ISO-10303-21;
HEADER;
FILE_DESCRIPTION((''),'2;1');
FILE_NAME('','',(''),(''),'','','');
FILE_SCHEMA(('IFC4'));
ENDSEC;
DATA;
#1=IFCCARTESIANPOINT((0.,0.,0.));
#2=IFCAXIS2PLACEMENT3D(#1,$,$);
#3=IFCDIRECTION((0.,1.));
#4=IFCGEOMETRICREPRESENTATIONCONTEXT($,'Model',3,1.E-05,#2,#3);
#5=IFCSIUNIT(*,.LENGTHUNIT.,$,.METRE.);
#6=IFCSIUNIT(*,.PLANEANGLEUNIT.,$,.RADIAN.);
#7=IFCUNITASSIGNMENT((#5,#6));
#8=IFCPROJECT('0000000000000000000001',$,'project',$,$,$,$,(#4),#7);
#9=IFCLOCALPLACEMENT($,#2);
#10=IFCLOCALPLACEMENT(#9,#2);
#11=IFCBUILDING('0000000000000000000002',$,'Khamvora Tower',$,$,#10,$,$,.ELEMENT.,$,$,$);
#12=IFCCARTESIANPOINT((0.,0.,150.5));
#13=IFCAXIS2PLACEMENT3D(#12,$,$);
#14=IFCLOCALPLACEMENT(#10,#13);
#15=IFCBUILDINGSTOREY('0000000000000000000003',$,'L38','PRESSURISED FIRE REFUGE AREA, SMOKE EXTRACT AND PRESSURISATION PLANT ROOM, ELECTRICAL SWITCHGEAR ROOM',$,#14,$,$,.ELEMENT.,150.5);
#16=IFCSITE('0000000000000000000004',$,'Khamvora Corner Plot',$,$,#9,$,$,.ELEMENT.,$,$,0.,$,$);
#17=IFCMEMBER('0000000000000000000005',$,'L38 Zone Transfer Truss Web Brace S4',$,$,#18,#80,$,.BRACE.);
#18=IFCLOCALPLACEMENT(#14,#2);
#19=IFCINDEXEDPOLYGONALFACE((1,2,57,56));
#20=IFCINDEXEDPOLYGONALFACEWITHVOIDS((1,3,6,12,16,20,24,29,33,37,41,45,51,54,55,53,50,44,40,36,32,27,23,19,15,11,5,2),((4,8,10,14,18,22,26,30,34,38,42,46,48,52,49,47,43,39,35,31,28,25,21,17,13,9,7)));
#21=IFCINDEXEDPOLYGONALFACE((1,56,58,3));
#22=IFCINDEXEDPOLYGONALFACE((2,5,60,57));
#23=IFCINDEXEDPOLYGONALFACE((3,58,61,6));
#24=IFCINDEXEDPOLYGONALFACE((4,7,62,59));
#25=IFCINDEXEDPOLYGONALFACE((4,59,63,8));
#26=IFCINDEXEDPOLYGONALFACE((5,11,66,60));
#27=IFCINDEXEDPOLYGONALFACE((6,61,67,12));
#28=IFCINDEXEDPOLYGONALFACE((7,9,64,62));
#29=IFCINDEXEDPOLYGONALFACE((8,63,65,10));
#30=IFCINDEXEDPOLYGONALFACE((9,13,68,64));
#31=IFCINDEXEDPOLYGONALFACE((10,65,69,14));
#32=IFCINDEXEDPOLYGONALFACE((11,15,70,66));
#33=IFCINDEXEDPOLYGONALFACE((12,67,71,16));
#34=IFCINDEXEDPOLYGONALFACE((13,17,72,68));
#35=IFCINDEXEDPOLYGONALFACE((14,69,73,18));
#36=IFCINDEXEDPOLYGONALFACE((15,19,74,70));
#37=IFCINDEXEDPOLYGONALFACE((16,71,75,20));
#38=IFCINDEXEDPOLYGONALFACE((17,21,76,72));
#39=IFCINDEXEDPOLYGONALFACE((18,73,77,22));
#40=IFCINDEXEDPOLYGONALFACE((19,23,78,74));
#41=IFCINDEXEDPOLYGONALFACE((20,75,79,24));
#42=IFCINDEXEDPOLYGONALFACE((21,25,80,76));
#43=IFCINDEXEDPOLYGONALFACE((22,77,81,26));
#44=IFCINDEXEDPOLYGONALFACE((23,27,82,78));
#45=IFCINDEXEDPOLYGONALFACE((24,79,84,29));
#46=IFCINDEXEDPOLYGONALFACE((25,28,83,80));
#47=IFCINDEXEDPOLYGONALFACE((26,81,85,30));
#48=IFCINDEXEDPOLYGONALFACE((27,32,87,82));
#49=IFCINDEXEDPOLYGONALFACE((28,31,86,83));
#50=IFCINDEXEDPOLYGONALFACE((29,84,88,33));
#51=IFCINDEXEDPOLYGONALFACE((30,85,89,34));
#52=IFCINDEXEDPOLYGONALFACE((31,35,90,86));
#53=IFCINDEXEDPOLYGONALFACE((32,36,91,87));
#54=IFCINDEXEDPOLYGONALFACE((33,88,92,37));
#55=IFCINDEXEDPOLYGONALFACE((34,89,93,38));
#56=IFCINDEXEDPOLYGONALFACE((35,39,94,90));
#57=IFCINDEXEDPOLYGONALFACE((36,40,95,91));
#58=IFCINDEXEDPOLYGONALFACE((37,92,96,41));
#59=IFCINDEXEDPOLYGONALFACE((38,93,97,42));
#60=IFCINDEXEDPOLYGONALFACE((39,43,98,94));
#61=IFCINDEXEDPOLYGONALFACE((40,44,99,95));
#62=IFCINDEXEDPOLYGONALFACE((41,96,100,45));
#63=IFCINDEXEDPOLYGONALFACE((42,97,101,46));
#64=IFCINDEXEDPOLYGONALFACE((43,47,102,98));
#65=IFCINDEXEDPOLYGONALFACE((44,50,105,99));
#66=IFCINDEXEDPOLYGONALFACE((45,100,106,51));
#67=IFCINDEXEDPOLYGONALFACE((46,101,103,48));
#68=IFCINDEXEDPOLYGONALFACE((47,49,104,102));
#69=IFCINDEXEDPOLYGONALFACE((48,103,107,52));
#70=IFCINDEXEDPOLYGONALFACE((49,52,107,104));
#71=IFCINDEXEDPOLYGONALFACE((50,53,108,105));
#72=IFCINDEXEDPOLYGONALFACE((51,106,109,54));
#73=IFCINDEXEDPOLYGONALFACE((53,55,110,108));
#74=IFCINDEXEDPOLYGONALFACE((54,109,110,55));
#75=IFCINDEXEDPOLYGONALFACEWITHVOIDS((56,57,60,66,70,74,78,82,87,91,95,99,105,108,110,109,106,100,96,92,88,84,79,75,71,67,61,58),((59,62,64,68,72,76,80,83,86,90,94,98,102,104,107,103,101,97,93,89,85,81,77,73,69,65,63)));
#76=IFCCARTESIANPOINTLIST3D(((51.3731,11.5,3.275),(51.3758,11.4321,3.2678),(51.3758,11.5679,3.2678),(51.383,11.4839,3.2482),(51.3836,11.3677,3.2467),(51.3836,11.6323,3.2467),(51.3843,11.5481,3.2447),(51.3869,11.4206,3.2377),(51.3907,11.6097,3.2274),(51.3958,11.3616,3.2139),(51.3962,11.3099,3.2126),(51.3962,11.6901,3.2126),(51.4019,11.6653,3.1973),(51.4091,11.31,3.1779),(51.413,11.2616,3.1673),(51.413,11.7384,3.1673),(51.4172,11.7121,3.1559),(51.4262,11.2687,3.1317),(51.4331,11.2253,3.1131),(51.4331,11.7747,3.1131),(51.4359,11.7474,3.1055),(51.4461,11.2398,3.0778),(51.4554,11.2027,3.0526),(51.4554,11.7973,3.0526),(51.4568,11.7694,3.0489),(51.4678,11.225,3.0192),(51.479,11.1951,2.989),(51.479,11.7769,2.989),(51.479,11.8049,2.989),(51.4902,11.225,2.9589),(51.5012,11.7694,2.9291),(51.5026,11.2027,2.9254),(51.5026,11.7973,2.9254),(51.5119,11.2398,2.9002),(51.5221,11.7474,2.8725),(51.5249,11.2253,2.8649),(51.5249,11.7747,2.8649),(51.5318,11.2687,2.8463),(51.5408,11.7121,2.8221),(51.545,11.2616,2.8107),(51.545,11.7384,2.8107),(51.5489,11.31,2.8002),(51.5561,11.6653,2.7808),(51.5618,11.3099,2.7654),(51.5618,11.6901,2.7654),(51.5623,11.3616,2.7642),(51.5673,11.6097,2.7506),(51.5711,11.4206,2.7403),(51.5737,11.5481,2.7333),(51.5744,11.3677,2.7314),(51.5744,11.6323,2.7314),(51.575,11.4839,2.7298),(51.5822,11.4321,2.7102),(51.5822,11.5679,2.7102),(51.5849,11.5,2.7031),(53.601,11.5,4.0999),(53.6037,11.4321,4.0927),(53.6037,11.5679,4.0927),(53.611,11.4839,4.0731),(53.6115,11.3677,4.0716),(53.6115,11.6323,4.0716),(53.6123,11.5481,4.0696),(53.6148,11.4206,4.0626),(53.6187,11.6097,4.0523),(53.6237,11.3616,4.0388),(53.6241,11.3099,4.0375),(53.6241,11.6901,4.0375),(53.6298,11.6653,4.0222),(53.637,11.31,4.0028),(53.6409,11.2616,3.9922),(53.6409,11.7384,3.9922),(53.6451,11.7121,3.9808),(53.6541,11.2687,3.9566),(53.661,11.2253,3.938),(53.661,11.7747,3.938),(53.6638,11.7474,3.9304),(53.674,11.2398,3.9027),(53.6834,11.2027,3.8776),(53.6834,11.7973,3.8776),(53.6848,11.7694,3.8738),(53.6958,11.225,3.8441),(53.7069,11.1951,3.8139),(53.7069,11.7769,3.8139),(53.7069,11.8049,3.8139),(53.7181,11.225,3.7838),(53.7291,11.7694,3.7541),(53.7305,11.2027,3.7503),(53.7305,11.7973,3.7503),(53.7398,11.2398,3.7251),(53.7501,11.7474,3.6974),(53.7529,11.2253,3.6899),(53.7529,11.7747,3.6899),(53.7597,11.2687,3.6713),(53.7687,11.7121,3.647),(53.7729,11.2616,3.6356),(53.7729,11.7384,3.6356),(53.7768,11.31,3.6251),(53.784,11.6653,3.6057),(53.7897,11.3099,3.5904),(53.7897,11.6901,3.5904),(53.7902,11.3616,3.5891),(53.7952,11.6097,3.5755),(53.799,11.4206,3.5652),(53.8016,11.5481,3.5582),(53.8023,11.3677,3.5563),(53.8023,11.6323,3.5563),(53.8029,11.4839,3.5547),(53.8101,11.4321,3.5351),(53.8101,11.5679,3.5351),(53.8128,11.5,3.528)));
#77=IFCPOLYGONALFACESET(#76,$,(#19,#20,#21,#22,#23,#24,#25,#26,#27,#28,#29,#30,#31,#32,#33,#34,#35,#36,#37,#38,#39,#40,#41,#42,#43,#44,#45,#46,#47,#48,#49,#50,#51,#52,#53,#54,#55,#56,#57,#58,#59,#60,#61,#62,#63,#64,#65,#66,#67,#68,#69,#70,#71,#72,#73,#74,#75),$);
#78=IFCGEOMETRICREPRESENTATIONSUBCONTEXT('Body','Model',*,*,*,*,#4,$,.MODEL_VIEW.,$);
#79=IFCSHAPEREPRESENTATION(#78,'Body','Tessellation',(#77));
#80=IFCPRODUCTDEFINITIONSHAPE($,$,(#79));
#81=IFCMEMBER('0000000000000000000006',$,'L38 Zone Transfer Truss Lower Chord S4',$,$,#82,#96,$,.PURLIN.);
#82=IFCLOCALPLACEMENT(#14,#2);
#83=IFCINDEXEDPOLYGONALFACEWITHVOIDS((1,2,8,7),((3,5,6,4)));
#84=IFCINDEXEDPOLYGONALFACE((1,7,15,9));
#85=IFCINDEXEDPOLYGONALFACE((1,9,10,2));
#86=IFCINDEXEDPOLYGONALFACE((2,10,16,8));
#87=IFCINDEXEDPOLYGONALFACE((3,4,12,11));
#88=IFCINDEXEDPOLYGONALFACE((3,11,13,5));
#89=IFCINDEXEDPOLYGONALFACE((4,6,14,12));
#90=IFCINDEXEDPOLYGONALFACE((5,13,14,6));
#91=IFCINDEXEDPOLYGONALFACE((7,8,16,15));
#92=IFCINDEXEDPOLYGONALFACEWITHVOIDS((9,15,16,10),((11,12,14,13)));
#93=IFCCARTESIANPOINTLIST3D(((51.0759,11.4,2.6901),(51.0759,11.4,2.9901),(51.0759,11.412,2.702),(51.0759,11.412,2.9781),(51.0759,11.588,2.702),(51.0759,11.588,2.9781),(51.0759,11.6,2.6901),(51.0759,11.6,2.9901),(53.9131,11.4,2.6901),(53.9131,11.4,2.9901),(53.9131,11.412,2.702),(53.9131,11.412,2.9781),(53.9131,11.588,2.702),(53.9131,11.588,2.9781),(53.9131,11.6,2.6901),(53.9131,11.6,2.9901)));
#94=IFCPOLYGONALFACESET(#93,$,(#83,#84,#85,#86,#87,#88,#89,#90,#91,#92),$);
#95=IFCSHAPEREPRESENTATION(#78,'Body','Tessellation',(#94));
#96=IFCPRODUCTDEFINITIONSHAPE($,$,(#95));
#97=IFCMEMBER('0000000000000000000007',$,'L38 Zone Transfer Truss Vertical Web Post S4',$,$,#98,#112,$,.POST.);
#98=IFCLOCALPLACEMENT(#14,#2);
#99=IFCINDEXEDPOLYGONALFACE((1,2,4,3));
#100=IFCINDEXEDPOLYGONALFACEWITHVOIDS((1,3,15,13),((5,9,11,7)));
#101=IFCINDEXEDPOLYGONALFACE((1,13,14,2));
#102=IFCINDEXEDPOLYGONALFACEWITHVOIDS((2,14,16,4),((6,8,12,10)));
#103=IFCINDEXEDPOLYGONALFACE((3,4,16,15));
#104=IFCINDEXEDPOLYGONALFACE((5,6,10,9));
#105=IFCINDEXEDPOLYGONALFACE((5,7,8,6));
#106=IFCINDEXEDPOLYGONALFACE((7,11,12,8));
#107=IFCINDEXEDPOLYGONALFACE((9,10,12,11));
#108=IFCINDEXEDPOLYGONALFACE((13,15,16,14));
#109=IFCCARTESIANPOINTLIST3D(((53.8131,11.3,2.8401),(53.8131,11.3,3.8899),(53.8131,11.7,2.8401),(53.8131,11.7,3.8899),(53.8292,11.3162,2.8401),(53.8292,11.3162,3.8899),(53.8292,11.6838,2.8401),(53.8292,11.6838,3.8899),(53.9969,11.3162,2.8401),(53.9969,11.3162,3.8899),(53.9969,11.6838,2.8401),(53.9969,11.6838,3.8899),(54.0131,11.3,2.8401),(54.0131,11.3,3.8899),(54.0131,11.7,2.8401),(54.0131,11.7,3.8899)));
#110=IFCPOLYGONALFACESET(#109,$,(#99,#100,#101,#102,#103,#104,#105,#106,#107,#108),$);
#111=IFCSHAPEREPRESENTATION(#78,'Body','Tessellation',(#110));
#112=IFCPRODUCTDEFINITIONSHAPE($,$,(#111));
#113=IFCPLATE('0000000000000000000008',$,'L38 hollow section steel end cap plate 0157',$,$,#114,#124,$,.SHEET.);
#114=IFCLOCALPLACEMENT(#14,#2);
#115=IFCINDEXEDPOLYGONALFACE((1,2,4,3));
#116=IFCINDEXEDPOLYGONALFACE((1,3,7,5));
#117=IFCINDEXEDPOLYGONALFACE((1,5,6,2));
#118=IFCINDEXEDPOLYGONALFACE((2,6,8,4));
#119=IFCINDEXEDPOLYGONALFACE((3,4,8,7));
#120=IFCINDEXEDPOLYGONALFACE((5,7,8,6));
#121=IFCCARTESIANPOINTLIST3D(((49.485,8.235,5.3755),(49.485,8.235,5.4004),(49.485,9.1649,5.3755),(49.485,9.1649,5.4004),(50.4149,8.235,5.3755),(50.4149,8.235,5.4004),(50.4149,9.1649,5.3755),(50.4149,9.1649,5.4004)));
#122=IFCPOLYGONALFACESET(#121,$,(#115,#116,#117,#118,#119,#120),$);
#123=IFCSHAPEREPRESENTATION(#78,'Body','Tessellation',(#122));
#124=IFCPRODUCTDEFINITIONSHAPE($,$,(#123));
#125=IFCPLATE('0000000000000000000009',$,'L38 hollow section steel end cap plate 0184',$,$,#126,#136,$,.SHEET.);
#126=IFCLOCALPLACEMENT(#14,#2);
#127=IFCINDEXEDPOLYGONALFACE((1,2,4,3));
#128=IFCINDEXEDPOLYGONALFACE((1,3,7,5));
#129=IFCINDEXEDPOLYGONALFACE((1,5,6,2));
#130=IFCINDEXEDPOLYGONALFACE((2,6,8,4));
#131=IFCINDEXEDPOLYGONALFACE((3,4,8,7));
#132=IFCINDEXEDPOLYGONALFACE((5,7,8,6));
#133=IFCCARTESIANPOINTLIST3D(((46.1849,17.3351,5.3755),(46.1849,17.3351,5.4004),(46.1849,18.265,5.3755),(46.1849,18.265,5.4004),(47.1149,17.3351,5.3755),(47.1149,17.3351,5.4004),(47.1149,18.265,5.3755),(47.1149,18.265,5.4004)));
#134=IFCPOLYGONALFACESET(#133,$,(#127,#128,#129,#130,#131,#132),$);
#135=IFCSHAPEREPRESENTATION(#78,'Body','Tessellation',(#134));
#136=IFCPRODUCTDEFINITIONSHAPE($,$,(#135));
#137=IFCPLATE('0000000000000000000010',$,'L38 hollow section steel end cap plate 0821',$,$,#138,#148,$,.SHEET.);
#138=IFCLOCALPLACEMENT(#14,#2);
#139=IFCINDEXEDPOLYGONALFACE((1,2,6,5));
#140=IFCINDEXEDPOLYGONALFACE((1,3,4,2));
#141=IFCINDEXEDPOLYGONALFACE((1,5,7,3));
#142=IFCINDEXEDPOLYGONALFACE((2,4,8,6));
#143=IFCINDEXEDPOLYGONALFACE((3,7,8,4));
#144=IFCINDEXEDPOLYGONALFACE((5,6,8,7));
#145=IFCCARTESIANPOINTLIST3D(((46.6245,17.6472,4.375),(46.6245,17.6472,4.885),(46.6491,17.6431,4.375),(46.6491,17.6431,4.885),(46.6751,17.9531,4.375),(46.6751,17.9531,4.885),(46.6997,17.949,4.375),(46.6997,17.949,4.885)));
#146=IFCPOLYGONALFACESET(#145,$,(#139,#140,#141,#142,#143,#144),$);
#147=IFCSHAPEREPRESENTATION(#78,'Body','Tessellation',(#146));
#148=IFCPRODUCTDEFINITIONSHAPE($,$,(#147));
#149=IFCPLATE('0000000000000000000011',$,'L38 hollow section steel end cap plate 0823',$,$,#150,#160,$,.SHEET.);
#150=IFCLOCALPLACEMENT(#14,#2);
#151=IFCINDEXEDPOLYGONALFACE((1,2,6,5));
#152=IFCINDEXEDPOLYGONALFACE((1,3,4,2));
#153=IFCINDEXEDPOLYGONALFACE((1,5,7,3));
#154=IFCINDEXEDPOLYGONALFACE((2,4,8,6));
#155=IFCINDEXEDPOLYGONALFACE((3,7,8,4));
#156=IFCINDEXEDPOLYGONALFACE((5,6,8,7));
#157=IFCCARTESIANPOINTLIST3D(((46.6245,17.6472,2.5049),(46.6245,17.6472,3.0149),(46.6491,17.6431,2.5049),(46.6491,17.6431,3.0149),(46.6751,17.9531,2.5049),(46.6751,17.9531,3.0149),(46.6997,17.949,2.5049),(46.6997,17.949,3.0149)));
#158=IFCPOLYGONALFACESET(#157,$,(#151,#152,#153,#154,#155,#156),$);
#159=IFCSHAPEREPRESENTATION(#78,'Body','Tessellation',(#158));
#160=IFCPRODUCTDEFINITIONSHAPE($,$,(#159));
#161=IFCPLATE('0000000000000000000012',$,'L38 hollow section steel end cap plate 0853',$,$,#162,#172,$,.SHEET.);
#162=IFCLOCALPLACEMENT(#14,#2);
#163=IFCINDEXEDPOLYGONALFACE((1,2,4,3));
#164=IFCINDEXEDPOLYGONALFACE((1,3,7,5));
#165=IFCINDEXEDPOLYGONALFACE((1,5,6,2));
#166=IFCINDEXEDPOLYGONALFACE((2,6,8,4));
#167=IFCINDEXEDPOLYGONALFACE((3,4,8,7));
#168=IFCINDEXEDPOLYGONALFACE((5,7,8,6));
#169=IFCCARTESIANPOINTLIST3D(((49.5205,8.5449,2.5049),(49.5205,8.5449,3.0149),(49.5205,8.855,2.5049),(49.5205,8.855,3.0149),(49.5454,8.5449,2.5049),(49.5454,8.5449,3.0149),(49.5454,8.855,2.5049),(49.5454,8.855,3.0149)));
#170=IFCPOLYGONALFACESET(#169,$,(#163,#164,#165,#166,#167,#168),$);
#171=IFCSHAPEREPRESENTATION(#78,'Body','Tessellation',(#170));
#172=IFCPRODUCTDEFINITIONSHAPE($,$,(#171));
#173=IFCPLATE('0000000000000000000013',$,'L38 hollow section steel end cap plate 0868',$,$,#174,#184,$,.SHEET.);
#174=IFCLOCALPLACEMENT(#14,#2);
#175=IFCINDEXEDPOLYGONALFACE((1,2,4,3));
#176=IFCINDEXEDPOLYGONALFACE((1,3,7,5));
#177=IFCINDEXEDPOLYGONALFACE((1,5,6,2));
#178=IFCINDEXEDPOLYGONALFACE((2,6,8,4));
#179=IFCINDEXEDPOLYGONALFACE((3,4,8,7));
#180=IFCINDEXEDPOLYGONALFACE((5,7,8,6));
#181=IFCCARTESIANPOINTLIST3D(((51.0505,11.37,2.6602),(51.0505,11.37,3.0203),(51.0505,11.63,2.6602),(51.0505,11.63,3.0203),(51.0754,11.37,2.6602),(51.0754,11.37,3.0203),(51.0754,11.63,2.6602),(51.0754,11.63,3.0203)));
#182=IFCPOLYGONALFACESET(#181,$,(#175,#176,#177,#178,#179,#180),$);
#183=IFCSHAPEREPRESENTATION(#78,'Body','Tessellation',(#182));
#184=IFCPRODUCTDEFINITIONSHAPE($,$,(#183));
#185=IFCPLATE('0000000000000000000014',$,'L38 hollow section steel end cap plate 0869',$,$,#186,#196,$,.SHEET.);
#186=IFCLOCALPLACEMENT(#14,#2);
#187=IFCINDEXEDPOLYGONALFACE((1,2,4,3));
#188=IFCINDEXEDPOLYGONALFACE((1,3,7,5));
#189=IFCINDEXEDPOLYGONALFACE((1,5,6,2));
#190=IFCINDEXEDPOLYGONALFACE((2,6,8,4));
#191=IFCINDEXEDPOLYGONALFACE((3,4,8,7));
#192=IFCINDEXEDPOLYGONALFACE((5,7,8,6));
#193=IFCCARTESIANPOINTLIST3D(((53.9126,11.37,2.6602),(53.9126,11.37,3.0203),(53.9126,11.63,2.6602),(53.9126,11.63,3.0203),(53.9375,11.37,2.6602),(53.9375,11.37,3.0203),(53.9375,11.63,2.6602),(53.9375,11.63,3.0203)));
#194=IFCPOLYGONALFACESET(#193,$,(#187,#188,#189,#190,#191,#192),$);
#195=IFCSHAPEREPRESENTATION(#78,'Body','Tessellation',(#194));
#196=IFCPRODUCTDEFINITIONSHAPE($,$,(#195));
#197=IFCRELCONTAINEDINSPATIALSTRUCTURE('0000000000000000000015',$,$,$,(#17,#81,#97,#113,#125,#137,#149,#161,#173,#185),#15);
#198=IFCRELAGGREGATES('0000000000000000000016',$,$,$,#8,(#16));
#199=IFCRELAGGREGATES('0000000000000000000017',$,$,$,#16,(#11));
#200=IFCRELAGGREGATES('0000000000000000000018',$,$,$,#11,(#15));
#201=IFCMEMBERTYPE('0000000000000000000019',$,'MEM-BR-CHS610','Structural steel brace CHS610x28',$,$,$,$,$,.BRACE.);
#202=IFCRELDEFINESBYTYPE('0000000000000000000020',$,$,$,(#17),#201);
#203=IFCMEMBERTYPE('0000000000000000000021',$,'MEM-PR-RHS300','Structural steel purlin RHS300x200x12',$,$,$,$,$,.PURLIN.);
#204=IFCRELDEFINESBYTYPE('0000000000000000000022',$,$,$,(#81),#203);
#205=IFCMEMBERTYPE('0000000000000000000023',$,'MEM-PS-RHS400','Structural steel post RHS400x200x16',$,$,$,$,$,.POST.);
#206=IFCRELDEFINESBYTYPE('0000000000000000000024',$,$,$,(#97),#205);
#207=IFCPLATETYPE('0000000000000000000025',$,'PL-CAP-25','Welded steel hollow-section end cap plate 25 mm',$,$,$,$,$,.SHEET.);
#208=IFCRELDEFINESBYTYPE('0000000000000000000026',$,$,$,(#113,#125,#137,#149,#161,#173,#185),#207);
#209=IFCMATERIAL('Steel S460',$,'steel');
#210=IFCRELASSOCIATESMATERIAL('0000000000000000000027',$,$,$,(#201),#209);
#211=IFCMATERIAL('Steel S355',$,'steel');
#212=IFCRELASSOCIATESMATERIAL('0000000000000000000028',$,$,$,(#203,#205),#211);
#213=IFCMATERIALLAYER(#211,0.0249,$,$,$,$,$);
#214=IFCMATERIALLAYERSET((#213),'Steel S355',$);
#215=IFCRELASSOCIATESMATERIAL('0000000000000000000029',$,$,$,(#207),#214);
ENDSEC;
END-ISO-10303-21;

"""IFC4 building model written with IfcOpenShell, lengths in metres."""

from ifc_helpers import new_model, si_unit, direction, frame, origin, origin_2d, place, context, subcontext, project, spatial, rectangle, hollow_rectangle, hollow_circle, extrude, material, layer, layer_set, material_profile, profile_set, type_object, element, save


model = new_model("IFC4")

# Units and contexts
model_context = context("Model", 3, precision=1e-05, world=origin(), true_north=direction((0.0, 1.0)))
body_context = subcontext(model_context, "Body", "Model", "MODEL_VIEW")
ifc_project = project(units=[si_unit("LENGTHUNIT", "METRE"), si_unit("PLANEANGLEUNIT", "RADIAN")], contexts=[model_context])

# Site, building, storey
site_placement = place(None, origin())
site = spatial("IfcSite", under=ifc_project, at=site_placement, Name="Khamvora Corner Plot", CompositionType="ELEMENT", RefElevation=0.0)
building_placement = place(site_placement, origin())
building = spatial("IfcBuilding", under=site, at=building_placement, Name="Khamvora Tower", CompositionType="ELEMENT")
storey_placement = place(building_placement, frame((0.0, 0.0, 150.5)))
storey = spatial("IfcBuildingStorey", under=building, at=storey_placement, Name="L38", Description="PRESSURISED FIRE REFUGE AREA, SMOKE EXTRACT AND PRESSURISATION PLANT ROOM, ELECTRICAL SWITCHGEAR ROOM", CompositionType="ELEMENT", Elevation=150.5)

# Shared definitions
ifc_material_1 = material(Name="Steel S355", Category="steel")

# Shared definitions
ifc_material_2 = material(Name="Steel S460", Category="steel")

# Members
ifc_material_profile_1 = material_profile(ifc_material_2, hollow_circle(Radius=0.3049, WallThickness=0.0281, at=origin_2d()), Name="CHS610x28")
ifc_profile_set_1 = profile_set([ifc_material_profile_1], Name="Steel S460")
member_type_1 = type_object("IfcMemberType", Name="MEM-BR-CHS610", Description="Structural steel brace CHS610x28", PredefinedType="BRACE", material=ifc_profile_set_1)
member_1_placement = place(storey_placement, frame((51.479, 11.5, 2.989), z_axis=(0.937782, 0.0, 0.347224), x_axis=(0.0, 1.0, 0.0)))
element("IfcMember", 1, at=member_1_placement, inside=storey, type_object=member_type_1, Name="L38 Zone Transfer Truss Web Brace S4", PredefinedType="BRACE", context=body_context, shape_type="SweptSolid", body=[
    extrude(hollow_circle(Radius=0.3049, WallThickness=0.0281, at=origin_2d()), origin(), (0.0, 0.0, 1.0), 2.3757),
])
ifc_material_profile_2 = material_profile(ifc_material_1, hollow_rectangle(XDim=0.2, YDim=0.3, WallThickness=0.012, at=origin_2d()), Name="RHS300x200x12")
ifc_profile_set_2 = profile_set([ifc_material_profile_2], Name="Steel S355")
member_type_2 = type_object("IfcMemberType", Name="MEM-PR-RHS300", Description="Structural steel purlin RHS300x200x12", PredefinedType="PURLIN", material=ifc_profile_set_2)
member_2_placement = place(storey_placement, frame((51.0759, 11.5, 2.8401), z_axis=(1.0, 0.0, 0.0), x_axis=(0.0, 1.0, 0.0)))
element("IfcMember", 2, at=member_2_placement, inside=storey, type_object=member_type_2, Name="L38 Zone Transfer Truss Lower Chord S4", PredefinedType="PURLIN", context=body_context, shape_type="SweptSolid", body=[
    extrude(hollow_rectangle(XDim=0.2, YDim=0.3, WallThickness=0.012, at=origin_2d()), origin(), (0.0, 0.0, 1.0), 2.8372),
])
ifc_material_profile_3 = material_profile(ifc_material_1, hollow_rectangle(XDim=0.2, YDim=0.3999, WallThickness=0.0161, at=origin_2d()), Name="RHS400x200x16")
ifc_profile_set_3 = profile_set([ifc_material_profile_3], Name="Steel S355")
member_type_3 = type_object("IfcMemberType", Name="MEM-PS-RHS400", Description="Structural steel post RHS400x200x16", PredefinedType="POST", material=ifc_profile_set_3)
member_3_placement = place(storey_placement, frame((53.9131, 11.5, 2.8401), z_axis=(0.0, 0.0, 1.0), x_axis=(1.0, 0.0, 0.0)))
element("IfcMember", 3, at=member_3_placement, inside=storey, type_object=member_type_3, Name="L38 Zone Transfer Truss Vertical Web Post S4", PredefinedType="POST", context=body_context, shape_type="SweptSolid", body=[
    extrude(hollow_rectangle(XDim=0.2, YDim=0.3999, WallThickness=0.0161, at=origin_2d()), origin(), (0.0, 0.0, 1.0), 1.0498),
])

# Plates
ifc_layer_1 = layer(ifc_material_1, 0.0249)
ifc_layer_set_1 = layer_set([ifc_layer_1], Name="Steel S355")
plate_type_1 = type_object("IfcPlateType", Name="PL-CAP-25", Description="Welded steel hollow-section end cap plate 25 mm", PredefinedType="SHEET", material=ifc_layer_set_1)
for number, where, z_axis, x_axis, name in (
    (4, (49.95, 8.7, 5.3755), (0.0, 0.0, 1.0), (1.0, 0.0, 0.0), "L38 hollow section steel end cap plate 0157"),
    (5, (46.6499, 17.8, 5.3755), (0.0, 0.0, 1.0), (1.0, 0.0, 0.0), "L38 hollow section steel end cap plate 0184"),
):
    element("IfcPlate", number, at=place(storey_placement, frame(where, z_axis=z_axis, x_axis=x_axis)), inside=storey, type_object=plate_type_1, Name=name, PredefinedType="SHEET", context=body_context, shape_type="SweptSolid", body=[
        extrude(rectangle(XDim=0.9299, YDim=0.9299, at=origin_2d()), origin(), (0.0, 0.0, 1.0), 0.0249),
    ])
for number, where, z_axis, x_axis, name in (
    (6, (46.6621, 17.7981, 4.375), (0.0, 0.0, 1.0), (0.986578, -0.163292, 0.0), "L38 hollow section steel end cap plate 0821"),
    (7, (46.6621, 17.7981, 2.5049), (0.0, 0.0, 1.0), (0.986578, -0.163292, 0.0), "L38 hollow section steel end cap plate 0823"),
    (8, (49.533, 8.7, 2.5049), (0.0, 0.0, 1.0), (1.0, 0.0, 0.0), "L38 hollow section steel end cap plate 0853"),
):
    element("IfcPlate", number, at=place(storey_placement, frame(where, z_axis=z_axis, x_axis=x_axis)), inside=storey, type_object=plate_type_1, Name=name, PredefinedType="SHEET", context=body_context, shape_type="SweptSolid", body=[
        extrude(rectangle(XDim=0.0249, YDim=0.3101, at=origin_2d()), origin(), (0.0, 0.0, 1.0), 0.51),
    ])
for number, where, z_axis, x_axis, name in (
    (9, (51.063, 11.5, 2.6602), (0.0, 0.0, 1.0), (1.0, 0.0, 0.0), "L38 hollow section steel end cap plate 0868"),
    (10, (53.925, 11.5, 2.6602), (0.0, 0.0, 1.0), (1.0, 0.0, 0.0), "L38 hollow section steel end cap plate 0869"),
):
    element("IfcPlate", number, at=place(storey_placement, frame(where, z_axis=z_axis, x_axis=x_axis)), inside=storey, type_object=plate_type_1, Name=name, PredefinedType="SHEET", context=body_context, shape_type="SweptSolid", body=[
        extrude(rectangle(XDim=0.0249, YDim=0.26, at=origin_2d()), origin(), (0.0, 0.0, 1.0), 0.3601),
    ])

save(model, "model.ifc")
